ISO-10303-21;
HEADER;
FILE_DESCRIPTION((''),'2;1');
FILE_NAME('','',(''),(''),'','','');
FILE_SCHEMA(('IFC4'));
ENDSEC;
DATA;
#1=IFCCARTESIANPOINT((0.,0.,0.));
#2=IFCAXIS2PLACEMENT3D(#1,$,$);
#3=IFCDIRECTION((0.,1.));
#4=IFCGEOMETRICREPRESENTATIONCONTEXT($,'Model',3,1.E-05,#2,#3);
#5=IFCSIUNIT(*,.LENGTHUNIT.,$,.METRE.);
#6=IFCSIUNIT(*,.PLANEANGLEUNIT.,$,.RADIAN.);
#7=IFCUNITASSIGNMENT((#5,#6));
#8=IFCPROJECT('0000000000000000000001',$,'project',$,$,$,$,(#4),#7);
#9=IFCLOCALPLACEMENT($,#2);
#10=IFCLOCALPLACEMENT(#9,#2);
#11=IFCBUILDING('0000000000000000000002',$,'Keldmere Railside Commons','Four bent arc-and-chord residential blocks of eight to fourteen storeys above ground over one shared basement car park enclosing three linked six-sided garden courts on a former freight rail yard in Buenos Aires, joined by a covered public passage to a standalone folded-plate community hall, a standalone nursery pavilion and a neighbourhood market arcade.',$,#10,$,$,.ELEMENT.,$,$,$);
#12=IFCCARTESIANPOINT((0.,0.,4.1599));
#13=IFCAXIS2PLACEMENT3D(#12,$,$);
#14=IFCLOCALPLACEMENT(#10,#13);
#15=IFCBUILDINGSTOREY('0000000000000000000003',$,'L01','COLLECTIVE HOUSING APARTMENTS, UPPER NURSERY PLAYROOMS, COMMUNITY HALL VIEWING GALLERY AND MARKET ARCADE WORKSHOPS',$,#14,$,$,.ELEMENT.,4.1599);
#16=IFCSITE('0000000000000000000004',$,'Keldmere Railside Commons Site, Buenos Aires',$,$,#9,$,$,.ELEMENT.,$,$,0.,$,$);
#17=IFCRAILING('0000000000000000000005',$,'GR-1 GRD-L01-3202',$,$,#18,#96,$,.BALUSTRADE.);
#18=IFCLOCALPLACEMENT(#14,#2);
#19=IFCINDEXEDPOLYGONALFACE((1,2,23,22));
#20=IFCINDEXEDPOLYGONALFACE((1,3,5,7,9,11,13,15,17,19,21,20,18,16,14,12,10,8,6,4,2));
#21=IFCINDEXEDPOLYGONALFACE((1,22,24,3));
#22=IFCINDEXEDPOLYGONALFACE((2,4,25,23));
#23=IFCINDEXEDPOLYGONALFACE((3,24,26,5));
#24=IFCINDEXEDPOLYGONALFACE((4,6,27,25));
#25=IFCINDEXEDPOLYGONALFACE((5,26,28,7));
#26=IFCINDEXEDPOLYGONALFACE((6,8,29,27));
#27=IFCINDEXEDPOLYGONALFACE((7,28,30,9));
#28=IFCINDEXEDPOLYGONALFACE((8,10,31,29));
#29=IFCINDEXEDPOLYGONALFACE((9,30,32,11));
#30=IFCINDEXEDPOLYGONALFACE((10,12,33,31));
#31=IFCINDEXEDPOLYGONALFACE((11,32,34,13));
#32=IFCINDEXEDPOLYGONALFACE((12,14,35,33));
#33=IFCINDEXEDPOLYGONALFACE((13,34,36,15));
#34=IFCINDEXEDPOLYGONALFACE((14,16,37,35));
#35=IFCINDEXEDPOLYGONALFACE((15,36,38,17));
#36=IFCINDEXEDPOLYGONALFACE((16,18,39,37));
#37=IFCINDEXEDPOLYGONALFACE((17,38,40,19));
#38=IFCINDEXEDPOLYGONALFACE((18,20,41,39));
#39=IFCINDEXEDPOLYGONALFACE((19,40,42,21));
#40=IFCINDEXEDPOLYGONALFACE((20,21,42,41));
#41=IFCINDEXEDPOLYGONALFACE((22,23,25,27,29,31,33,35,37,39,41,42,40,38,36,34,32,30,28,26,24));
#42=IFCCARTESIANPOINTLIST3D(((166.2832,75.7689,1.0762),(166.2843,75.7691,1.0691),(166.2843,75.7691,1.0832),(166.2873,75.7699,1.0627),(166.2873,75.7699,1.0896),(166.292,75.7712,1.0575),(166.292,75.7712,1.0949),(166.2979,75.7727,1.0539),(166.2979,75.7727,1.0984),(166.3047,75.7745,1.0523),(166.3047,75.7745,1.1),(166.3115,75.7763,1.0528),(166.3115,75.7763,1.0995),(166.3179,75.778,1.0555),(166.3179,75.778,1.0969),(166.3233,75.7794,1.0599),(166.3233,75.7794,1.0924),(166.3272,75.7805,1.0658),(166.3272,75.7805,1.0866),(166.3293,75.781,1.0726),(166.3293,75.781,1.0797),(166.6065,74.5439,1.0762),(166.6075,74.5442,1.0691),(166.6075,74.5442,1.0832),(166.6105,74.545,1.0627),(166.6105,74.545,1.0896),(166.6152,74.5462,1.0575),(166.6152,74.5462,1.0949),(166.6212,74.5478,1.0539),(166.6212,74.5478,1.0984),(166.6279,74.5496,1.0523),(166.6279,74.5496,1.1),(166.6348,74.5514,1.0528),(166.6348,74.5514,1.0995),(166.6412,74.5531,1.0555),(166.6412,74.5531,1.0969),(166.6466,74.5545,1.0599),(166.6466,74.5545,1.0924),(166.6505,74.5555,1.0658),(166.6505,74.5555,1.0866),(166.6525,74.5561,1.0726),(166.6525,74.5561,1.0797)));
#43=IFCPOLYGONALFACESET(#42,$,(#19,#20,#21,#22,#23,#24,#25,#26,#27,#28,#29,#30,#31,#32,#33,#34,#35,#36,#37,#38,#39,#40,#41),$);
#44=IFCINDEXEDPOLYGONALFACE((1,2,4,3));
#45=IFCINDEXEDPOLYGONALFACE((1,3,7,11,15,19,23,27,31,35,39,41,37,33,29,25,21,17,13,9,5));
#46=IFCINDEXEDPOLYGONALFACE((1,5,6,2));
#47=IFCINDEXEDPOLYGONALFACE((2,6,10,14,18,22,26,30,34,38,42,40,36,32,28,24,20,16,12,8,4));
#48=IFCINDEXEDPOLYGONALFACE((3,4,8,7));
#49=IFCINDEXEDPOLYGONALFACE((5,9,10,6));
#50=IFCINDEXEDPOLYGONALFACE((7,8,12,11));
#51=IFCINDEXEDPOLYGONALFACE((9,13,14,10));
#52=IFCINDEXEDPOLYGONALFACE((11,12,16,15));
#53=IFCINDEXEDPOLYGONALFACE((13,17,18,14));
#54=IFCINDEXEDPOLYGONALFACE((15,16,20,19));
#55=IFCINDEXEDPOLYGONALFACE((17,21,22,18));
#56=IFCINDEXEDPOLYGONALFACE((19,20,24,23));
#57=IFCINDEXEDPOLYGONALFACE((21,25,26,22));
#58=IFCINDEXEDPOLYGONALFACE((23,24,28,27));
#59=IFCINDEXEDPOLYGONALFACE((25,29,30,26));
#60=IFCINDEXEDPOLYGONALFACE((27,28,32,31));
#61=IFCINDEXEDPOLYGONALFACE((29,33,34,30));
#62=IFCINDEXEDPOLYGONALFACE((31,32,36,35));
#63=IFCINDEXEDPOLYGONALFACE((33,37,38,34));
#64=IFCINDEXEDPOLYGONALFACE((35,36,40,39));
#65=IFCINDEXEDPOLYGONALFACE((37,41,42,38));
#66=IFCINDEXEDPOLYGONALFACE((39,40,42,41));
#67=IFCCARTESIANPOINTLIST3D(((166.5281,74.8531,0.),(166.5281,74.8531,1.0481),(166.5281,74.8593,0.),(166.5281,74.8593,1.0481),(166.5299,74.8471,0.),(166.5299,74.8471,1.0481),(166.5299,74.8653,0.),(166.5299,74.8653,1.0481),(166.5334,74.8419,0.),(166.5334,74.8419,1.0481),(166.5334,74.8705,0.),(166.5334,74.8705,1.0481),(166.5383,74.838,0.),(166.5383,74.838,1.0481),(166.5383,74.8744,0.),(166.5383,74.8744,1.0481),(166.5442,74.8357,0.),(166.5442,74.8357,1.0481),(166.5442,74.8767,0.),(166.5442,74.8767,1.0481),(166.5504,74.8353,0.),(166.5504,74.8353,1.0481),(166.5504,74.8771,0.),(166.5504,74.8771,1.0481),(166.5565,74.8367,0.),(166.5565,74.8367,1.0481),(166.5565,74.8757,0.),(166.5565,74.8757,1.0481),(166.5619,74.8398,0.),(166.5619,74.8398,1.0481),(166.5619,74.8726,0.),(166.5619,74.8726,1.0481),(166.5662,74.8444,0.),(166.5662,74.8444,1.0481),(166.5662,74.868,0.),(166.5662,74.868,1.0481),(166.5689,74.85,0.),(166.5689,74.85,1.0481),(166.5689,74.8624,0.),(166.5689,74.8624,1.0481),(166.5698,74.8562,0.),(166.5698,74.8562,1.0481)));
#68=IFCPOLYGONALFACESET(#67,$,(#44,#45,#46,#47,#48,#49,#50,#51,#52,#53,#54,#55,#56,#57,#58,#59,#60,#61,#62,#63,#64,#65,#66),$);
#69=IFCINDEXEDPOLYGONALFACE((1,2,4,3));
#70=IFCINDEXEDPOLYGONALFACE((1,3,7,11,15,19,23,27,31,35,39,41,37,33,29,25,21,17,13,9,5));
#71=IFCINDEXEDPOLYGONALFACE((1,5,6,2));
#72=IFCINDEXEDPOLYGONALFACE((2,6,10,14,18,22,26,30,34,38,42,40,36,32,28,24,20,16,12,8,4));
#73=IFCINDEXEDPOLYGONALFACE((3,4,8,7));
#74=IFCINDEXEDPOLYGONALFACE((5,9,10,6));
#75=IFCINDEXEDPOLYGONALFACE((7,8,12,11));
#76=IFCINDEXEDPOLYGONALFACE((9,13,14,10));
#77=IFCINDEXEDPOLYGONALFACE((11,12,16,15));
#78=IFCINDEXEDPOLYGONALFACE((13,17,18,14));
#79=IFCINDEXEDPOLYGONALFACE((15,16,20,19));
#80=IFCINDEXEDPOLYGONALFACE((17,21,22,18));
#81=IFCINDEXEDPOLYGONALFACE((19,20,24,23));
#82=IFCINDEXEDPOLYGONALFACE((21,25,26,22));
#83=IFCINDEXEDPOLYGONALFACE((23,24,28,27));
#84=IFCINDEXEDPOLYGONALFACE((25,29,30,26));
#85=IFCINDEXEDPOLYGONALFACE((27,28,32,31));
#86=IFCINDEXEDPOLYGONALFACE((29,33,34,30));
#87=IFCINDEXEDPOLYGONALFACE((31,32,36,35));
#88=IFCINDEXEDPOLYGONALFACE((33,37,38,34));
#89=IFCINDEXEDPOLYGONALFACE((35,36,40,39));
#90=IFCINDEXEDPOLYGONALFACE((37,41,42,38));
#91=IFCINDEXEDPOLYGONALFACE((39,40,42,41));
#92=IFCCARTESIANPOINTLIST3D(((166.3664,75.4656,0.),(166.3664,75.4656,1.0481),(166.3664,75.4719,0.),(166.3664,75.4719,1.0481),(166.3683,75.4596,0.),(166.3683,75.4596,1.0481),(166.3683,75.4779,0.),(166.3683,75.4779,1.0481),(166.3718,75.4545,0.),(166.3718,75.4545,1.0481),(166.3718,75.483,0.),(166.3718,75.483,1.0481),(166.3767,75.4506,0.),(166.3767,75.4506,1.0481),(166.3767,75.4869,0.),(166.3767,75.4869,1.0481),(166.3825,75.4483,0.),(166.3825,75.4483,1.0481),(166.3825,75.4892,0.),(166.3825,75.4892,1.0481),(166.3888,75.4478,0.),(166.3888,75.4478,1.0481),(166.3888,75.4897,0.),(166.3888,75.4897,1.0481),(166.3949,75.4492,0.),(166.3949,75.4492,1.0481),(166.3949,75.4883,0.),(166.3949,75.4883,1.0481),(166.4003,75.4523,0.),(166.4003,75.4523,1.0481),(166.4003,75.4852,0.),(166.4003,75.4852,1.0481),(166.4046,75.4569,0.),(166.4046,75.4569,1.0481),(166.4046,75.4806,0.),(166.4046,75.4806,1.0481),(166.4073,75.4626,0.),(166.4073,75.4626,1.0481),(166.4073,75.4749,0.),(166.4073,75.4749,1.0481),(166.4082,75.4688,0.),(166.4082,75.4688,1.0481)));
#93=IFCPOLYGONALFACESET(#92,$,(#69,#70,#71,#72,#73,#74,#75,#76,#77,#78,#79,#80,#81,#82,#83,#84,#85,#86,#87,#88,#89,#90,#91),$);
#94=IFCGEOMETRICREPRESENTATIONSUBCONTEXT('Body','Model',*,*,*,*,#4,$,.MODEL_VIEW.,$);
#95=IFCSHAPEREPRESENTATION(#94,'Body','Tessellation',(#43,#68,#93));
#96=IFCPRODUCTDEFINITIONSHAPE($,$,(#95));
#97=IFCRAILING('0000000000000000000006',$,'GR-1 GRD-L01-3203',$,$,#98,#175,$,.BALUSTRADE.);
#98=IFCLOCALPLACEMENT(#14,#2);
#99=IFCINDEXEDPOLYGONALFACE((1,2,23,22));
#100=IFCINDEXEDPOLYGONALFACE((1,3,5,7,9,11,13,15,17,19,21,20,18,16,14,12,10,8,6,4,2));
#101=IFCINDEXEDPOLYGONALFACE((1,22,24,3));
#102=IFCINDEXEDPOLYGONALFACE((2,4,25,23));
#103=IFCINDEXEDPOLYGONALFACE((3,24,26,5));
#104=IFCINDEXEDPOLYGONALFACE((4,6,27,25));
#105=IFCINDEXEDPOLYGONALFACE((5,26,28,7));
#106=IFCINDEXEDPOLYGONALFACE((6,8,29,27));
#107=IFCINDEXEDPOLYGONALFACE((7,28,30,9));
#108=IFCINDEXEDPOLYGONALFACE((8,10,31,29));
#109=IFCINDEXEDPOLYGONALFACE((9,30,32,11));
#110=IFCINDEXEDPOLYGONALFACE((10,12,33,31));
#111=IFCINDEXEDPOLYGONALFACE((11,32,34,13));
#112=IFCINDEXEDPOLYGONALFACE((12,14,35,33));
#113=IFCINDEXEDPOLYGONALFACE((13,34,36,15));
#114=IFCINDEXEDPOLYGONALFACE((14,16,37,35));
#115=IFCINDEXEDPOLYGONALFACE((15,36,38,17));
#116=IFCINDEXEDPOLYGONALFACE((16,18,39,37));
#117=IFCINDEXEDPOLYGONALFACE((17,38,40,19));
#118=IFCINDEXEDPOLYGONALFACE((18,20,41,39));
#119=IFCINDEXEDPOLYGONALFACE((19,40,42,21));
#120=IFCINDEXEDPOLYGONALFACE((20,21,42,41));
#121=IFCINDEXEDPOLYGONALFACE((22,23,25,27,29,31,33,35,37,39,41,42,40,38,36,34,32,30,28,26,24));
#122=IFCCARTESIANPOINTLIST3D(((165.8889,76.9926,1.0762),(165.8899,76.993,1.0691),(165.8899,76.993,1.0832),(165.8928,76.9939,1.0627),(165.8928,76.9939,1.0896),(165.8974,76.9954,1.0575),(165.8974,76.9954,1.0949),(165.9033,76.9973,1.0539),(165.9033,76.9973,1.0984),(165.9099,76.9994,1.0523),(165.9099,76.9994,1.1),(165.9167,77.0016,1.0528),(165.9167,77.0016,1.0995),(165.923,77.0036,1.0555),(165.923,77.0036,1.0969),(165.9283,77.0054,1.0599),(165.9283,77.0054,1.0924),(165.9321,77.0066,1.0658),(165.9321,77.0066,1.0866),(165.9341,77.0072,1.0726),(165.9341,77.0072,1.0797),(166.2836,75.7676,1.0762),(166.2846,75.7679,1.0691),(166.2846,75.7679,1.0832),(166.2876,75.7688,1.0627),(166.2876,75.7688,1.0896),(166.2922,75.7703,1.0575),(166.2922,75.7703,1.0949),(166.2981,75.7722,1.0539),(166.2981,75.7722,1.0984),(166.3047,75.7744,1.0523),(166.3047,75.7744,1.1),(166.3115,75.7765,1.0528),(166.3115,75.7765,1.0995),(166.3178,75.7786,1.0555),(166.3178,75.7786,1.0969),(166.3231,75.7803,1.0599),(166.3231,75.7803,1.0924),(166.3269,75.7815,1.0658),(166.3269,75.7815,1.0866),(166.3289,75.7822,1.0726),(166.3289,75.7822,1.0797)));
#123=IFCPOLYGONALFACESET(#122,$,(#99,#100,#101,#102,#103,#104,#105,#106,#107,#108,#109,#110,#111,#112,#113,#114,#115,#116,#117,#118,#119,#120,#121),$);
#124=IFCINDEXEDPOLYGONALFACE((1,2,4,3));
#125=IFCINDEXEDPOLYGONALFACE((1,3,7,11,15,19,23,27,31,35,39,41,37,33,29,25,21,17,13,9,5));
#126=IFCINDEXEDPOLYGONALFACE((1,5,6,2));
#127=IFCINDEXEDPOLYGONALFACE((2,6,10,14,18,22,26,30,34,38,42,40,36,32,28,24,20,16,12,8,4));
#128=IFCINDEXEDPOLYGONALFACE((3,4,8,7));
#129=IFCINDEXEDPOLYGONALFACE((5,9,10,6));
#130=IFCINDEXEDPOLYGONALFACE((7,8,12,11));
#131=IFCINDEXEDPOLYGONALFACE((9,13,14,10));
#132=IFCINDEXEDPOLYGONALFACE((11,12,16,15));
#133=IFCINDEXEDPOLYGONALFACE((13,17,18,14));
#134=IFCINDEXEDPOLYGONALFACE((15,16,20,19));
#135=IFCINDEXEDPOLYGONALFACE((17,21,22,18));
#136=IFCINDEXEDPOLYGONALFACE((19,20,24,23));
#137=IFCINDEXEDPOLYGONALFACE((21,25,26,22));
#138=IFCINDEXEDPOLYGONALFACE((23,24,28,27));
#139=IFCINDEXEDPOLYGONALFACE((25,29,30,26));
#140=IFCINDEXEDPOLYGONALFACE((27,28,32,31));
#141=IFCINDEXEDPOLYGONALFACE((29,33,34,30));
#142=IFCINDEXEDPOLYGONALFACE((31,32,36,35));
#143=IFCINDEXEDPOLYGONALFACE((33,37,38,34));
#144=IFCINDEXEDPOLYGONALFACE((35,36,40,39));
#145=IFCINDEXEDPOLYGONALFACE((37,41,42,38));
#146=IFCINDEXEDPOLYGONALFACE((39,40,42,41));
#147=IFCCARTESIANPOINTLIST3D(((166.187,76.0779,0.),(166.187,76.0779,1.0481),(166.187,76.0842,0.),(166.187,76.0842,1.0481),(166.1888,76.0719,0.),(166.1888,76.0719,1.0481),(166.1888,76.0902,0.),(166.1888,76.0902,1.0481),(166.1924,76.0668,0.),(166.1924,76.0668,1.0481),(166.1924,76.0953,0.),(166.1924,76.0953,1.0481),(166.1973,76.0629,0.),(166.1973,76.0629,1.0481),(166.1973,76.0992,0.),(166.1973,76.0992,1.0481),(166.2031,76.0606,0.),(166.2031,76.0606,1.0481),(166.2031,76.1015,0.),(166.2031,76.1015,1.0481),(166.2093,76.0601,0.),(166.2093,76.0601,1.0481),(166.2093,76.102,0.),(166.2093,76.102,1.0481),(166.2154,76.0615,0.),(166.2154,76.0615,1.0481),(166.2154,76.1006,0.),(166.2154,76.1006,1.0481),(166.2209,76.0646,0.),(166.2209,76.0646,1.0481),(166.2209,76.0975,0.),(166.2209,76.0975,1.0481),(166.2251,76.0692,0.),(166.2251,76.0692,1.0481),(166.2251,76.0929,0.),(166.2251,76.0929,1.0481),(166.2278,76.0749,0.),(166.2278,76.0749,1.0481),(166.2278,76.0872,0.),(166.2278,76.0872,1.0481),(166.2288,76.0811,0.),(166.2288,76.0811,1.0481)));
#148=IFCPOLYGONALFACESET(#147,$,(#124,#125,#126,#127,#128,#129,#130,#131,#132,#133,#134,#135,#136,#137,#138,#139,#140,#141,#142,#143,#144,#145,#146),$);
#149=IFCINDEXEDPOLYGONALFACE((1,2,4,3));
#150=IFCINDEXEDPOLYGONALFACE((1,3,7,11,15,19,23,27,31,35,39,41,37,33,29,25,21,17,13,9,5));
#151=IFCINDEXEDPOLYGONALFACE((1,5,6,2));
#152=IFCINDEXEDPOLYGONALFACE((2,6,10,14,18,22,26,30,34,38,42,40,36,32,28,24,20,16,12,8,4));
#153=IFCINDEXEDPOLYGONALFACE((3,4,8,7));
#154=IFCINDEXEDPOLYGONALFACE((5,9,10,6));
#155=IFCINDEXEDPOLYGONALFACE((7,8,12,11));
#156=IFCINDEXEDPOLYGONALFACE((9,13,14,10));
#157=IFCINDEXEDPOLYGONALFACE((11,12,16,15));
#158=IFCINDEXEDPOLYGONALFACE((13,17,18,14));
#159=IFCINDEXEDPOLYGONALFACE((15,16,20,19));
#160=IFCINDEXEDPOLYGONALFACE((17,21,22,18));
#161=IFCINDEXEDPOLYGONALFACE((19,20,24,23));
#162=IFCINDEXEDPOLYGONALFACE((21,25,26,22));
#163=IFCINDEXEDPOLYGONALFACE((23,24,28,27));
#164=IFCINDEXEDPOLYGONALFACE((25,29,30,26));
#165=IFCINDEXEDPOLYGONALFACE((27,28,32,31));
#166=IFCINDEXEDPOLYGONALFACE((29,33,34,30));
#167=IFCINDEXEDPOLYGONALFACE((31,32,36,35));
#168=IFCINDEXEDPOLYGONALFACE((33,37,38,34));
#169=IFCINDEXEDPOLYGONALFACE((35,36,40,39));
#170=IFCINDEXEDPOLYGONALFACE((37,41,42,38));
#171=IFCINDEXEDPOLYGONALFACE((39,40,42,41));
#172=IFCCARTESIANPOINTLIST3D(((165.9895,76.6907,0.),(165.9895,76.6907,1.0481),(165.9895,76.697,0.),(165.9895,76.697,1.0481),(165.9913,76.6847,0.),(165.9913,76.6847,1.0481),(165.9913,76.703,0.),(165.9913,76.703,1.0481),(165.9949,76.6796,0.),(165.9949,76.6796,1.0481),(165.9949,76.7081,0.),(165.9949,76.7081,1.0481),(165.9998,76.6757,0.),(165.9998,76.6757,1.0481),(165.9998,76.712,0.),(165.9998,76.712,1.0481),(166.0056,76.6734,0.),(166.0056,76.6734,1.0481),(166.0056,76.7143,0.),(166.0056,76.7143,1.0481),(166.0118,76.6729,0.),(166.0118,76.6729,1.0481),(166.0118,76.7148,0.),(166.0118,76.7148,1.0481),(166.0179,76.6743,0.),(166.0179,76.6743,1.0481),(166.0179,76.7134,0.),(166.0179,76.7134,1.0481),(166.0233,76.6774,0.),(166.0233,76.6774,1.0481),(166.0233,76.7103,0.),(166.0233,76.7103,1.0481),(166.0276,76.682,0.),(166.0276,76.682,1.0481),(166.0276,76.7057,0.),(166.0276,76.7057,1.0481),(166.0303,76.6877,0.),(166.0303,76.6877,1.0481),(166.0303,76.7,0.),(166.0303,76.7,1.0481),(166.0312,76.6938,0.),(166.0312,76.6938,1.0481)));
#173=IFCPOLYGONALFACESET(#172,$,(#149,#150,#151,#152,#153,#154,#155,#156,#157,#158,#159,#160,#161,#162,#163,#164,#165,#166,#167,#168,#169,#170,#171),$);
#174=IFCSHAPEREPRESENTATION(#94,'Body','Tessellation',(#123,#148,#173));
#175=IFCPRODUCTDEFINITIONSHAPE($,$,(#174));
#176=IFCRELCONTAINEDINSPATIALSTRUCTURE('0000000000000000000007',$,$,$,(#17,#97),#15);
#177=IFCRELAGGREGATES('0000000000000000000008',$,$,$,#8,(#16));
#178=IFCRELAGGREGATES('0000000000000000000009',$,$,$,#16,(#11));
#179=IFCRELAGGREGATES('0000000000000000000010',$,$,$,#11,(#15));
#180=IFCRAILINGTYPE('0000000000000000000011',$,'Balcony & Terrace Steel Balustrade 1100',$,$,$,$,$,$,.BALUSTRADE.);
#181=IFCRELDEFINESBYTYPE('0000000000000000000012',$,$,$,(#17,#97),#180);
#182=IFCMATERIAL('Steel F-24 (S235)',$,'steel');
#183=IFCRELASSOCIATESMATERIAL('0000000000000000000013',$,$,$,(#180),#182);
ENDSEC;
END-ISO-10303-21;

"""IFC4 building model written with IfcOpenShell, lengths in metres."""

from ifc_helpers import new_model, si_unit, direction, frame, origin, origin_2d, place, context, subcontext, project, spatial, circle, extrude, material, type_object, element, save


model = new_model("IFC4")

# Units and contexts
model_context = context("Model", 3, precision=1e-05, world=origin(), true_north=direction((0.0, 1.0)))
body_context = subcontext(model_context, "Body", "Model", "MODEL_VIEW")
ifc_project = project(units=[si_unit("LENGTHUNIT", "METRE"), si_unit("PLANEANGLEUNIT", "RADIAN")], contexts=[model_context])

# Site, building, storey
site_placement = place(None, origin())
site = spatial("IfcSite", under=ifc_project, at=site_placement, Name="Keldmere Railside Commons Site, Buenos Aires", CompositionType="ELEMENT", RefElevation=0.0)
building_placement = place(site_placement, origin())
building = spatial("IfcBuilding", under=site, at=building_placement, Name="Keldmere Railside Commons", Description="Four bent arc-and-chord residential blocks of eight to fourteen storeys above ground over one shared basement car park enclosing three linked six-sided garden courts on a former freight rail yard in Buenos Aires, joined by a covered public passage to a standalone folded-plate community hall, a standalone nursery pavilion and a neighbourhood market arcade.", CompositionType="ELEMENT")
storey_placement = place(building_placement, frame((0.0, 0.0, 4.1599)))
storey = spatial("IfcBuildingStorey", under=building, at=storey_placement, Name="L01", Description="COLLECTIVE HOUSING APARTMENTS, UPPER NURSERY PLAYROOMS, COMMUNITY HALL VIEWING GALLERY AND MARKET ARCADE WORKSHOPS", CompositionType="ELEMENT", Elevation=4.1599)

# Railings
ifc_material_1 = material(Name="Steel F-24 (S235)", Category="steel")
railing_type = type_object("IfcRailingType", Name="Balcony & Terrace Steel Balustrade 1100", PredefinedType="BALUSTRADE", material=ifc_material_1)
railing_1_placement = place(storey_placement, frame((166.6296, 74.55, 0.0)))
element("IfcRailing", 1, at=railing_1_placement, inside=storey, type_object=railing_type, Name="GR-1 GRD-L01-3202", PredefinedType="BALUSTRADE", context=body_context, shape_type="SweptSolid", body=[
    extrude(circle(Radius=0.0239, at=origin_2d()), frame((0.0, 0.0, 1.0762), z_axis=(-0.255167, 0.966897, 0.0), x_axis=(-0.966897, -0.255167, 0.0)), (0.0, 0.0, 1.0), 1.2668),
    extrude(circle(Radius=0.021, at=origin_2d()), frame((-0.0808, 0.3062, 0.0)), (0.0, 0.0, 1.0), 1.0481),
    extrude(circle(Radius=0.021, at=origin_2d()), frame((-0.2424, 0.9187, 0.0)), (0.0, 0.0, 1.0), 1.0481),
])
railing_2_placement = place(storey_placement, frame((166.3064, 75.7749, 0.0)))
element("IfcRailing", 2, at=railing_2_placement, inside=storey, type_object=railing_type, Name="GR-1 GRD-L01-3203", PredefinedType="BALUSTRADE", context=body_context, shape_type="SweptSolid", body=[
    extrude(circle(Radius=0.0239, at=origin_2d()), frame((0.0, 0.0, 1.0762), z_axis=(-0.306709, 0.951803, 0.0), x_axis=(-0.951803, -0.306709, 0.0)), (0.0, 0.0, 1.0), 1.2871),
    extrude(circle(Radius=0.021, at=origin_2d()), frame((-0.0986, 0.3062, 0.0)), (0.0, 0.0, 1.0), 1.0481),
    extrude(circle(Radius=0.021, at=origin_2d()), frame((-0.2961, 0.9189, 0.0)), (0.0, 0.0, 1.0), 1.0481),
])

save(model, "model.ifc")
